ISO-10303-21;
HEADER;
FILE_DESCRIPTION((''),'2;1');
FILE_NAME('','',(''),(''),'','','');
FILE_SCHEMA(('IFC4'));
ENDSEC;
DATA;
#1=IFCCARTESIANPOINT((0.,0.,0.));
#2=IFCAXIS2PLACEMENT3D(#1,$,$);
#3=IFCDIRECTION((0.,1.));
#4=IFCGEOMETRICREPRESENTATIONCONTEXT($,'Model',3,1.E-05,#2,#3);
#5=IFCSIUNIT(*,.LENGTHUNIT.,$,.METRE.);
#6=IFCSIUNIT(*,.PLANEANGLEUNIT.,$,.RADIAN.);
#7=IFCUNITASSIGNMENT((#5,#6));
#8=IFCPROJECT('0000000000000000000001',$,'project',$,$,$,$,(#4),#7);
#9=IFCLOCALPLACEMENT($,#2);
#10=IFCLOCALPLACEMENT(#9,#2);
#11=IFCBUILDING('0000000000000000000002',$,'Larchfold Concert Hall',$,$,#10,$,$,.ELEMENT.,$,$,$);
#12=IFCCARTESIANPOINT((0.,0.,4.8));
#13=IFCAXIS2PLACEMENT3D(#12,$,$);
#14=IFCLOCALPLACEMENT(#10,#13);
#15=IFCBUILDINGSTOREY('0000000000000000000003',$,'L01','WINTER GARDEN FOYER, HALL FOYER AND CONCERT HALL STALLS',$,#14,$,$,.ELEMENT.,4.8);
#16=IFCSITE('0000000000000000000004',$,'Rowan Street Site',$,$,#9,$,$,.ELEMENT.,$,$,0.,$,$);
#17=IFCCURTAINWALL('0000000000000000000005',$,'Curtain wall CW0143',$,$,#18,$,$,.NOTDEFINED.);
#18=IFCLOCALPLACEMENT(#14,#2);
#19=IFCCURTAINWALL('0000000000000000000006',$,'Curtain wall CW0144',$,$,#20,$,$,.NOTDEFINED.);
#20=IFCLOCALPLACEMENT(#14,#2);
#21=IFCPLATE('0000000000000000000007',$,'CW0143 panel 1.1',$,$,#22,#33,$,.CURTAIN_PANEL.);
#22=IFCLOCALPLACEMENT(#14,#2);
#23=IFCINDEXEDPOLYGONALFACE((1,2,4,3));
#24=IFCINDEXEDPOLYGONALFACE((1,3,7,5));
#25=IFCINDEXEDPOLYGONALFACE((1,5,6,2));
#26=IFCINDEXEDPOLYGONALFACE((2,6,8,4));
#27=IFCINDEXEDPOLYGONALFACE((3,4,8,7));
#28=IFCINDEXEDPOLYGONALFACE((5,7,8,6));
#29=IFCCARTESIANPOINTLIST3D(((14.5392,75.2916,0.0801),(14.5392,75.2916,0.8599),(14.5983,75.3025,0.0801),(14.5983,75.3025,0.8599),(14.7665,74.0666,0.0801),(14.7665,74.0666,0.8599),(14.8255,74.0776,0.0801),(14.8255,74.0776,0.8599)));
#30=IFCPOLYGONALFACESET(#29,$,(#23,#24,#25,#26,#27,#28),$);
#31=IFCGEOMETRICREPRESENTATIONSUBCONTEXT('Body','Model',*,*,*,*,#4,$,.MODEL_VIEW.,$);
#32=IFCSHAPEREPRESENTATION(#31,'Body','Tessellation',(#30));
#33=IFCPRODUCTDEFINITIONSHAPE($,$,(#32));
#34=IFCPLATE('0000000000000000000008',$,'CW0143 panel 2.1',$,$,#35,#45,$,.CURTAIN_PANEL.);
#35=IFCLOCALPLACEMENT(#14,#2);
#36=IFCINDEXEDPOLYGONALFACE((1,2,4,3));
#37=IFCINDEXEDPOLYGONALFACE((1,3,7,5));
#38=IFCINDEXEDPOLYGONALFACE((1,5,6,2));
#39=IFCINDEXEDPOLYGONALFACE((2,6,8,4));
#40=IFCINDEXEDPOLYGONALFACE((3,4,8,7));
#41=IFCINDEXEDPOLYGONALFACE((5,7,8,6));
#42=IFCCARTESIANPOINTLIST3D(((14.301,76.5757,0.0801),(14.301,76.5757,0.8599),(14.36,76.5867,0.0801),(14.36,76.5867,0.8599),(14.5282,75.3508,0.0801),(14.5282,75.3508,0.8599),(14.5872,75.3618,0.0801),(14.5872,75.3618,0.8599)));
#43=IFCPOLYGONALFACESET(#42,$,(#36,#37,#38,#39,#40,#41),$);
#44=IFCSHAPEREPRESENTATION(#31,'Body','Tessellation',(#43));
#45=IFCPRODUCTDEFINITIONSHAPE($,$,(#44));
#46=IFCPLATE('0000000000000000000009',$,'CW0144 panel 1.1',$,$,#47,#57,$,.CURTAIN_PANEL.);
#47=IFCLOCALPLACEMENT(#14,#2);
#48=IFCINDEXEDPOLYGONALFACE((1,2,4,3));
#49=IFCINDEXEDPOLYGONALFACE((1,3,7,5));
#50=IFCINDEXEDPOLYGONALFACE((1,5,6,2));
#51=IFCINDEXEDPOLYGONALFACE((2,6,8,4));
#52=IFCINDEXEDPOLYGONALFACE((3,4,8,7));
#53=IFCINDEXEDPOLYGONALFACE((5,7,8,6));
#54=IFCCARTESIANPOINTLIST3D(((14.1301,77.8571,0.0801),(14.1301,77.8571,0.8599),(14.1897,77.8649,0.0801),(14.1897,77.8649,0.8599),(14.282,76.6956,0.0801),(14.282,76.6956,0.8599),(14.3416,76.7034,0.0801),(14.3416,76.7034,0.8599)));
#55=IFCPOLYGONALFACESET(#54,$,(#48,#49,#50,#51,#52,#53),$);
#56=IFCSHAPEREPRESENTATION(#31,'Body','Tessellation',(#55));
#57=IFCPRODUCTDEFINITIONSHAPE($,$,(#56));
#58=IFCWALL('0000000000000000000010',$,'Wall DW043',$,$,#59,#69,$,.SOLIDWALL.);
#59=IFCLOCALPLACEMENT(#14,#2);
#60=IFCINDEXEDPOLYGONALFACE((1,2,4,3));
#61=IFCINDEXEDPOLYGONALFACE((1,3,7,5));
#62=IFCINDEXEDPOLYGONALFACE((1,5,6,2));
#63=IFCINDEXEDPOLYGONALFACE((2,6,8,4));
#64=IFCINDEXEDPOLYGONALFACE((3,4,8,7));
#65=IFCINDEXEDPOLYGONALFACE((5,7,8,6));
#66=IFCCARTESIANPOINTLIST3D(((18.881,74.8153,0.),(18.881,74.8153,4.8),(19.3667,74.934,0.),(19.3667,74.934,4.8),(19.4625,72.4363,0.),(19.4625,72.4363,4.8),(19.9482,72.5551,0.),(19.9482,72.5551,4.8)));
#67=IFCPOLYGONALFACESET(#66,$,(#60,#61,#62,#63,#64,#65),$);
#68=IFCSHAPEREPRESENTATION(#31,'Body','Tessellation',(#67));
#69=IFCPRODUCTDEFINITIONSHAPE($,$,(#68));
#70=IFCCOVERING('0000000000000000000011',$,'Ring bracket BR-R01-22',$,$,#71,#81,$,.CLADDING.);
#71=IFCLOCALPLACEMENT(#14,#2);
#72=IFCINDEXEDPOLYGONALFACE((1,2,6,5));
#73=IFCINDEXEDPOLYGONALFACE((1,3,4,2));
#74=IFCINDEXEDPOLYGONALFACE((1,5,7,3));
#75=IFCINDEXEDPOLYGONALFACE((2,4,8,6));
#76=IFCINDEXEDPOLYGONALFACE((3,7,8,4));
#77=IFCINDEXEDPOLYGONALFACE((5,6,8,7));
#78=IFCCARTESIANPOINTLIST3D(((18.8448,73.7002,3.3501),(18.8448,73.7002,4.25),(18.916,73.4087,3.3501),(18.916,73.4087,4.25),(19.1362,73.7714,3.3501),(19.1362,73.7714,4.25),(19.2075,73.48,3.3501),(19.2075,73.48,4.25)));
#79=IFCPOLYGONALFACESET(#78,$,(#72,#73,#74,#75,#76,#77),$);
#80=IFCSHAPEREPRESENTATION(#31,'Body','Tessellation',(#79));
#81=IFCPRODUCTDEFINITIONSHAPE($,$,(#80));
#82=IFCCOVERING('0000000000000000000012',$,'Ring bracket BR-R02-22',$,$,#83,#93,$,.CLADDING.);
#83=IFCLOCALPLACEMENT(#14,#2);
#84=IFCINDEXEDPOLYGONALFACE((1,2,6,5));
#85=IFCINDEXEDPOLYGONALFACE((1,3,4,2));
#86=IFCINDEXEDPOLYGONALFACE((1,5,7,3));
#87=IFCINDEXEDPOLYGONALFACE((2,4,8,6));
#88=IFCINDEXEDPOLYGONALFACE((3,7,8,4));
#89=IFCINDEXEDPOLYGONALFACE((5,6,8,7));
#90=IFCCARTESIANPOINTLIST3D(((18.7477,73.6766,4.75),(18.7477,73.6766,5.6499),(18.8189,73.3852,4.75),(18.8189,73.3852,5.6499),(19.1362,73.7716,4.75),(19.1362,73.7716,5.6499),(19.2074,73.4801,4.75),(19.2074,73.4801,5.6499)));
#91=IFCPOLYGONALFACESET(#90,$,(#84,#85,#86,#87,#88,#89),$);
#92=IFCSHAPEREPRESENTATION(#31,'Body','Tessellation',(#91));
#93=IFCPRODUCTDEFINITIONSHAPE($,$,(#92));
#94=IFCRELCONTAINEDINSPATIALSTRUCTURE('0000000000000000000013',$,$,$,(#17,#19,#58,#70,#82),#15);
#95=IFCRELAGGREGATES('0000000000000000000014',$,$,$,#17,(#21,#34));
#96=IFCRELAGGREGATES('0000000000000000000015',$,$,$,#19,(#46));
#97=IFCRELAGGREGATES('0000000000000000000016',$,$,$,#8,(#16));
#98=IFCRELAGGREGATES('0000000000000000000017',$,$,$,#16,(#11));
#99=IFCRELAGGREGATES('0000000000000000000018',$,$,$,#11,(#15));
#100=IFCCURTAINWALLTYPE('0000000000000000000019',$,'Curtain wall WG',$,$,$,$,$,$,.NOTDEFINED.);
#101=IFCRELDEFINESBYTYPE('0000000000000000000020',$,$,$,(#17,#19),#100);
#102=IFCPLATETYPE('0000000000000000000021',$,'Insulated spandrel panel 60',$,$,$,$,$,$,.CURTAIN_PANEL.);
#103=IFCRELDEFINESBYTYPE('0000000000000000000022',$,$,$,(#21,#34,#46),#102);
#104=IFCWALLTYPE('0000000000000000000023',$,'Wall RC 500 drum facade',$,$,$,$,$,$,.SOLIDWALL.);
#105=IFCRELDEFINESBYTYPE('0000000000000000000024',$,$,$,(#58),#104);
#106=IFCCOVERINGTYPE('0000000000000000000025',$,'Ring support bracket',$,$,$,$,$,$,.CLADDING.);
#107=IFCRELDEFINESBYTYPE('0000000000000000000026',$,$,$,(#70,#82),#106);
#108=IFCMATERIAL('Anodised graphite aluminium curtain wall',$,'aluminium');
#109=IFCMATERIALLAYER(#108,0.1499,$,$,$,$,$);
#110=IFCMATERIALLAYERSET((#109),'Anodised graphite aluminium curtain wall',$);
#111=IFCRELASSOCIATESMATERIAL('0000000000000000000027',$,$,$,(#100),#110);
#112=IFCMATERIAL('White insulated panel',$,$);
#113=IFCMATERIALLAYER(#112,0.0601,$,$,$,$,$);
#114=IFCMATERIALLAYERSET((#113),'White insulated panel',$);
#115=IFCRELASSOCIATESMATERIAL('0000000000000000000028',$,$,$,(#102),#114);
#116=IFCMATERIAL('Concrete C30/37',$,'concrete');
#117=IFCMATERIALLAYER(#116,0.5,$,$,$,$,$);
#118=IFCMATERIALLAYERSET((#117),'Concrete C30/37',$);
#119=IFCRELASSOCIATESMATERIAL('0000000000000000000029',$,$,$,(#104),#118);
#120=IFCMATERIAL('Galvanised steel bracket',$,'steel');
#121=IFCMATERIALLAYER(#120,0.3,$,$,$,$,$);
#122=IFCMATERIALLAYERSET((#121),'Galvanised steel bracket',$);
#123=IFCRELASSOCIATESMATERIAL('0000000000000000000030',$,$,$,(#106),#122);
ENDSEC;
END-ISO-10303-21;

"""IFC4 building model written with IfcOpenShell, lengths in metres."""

from ifc_helpers import new_model, si_unit, direction, frame, frame_2d, origin, origin_2d, place, context, subcontext, project, spatial, rectangle, extrude, material, layer, layer_set, type_object, element, aggregate, save


model = new_model("IFC4")

# Units and contexts
model_context = context("Model", 3, precision=1e-05, world=origin(), true_north=direction((0.0, 1.0)))
body_context = subcontext(model_context, "Body", "Model", "MODEL_VIEW")
ifc_project = project(units=[si_unit("LENGTHUNIT", "METRE"), si_unit("PLANEANGLEUNIT", "RADIAN")], contexts=[model_context])

# Site, building, storey
site_placement = place(None, origin())
site = spatial("IfcSite", under=ifc_project, at=site_placement, Name="Rowan Street Site", CompositionType="ELEMENT", RefElevation=0.0)
building_placement = place(site_placement, origin())
building = spatial("IfcBuilding", under=site, at=building_placement, Name="Larchfold Concert Hall", CompositionType="ELEMENT")
storey_placement = place(building_placement, frame((0.0, 0.0, 4.8)))
storey = spatial("IfcBuildingStorey", under=building, at=storey_placement, Name="L01", Description="WINTER GARDEN FOYER, HALL FOYER AND CONCERT HALL STALLS", CompositionType="ELEMENT", Elevation=4.8)

# Shared definitions
ifc_material_1 = material(Name="Anodised graphite aluminium curtain wall", Category="aluminium")
ifc_layer_1 = layer(ifc_material_1, 0.1499)
ifc_layer_set_1 = layer_set([ifc_layer_1], Name="Anodised graphite aluminium curtain wall")
curtain_wall_type = type_object("IfcCurtainWallType", Name="Curtain wall WG", PredefinedType="NOTDEFINED", material=ifc_layer_set_1)

# Curtain wall
curtain_wall_1_placement = place(storey_placement, origin())
curtain_wall_1 = element("IfcCurtainWall", 1, at=curtain_wall_1_placement, inside=storey, type_object=curtain_wall_type, Name="Curtain wall CW0143", PredefinedType="NOTDEFINED")

# Curtain wall
curtain_wall_2_placement = place(storey_placement, origin())
curtain_wall_2 = element("IfcCurtainWall", 2, at=curtain_wall_2_placement, inside=storey, type_object=curtain_wall_type, Name="Curtain wall CW0144", PredefinedType="NOTDEFINED")

# Plates
ifc_material_2 = material(Name="White insulated panel")
ifc_layer_2 = layer(ifc_material_2, 0.0601)
ifc_layer_set_2 = layer_set([ifc_layer_2], Name="White insulated panel")
plate_type_1 = type_object("IfcPlateType", Name="Insulated spandrel panel 60", PredefinedType="CURTAIN_PANEL", material=ifc_layer_set_2)
plate_1_placement = place(storey_placement, frame((14.6824, 74.6846, 0.0801), z_axis=(0.0, 0.0, 1.0), x_axis=(-0.18239, 0.983226, 0.0)))
plate_1 = element("IfcPlate", 3, at=plate_1_placement, type_object=plate_type_1, Name="CW0143 panel 1.1", PredefinedType="CURTAIN_PANEL", context=body_context, shape_type="SweptSolid", body=[
    extrude(rectangle(XDim=1.2458, YDim=0.0601, at=origin_2d()), origin(), (0.0, 0.0, 1.0), 0.7798),
])
plate_2_placement = place(storey_placement, frame((14.4441, 75.9688, 0.0801), z_axis=(0.0, 0.0, 1.0), x_axis=(-0.18239, 0.983226, 0.0)))
plate_2 = element("IfcPlate", 4, at=plate_2_placement, type_object=plate_type_1, Name="CW0143 panel 2.1", PredefinedType="CURTAIN_PANEL", context=body_context, shape_type="SweptSolid", body=[
    extrude(rectangle(XDim=1.2458, YDim=0.0601, at=origin_2d()), origin(), (0.0, 0.0, 1.0), 0.7798),
])
aggregate(curtain_wall_1, [plate_1, plate_2])
plate_3_placement = place(storey_placement, frame((14.2358, 77.2803, 0.0801), z_axis=(0.0, 0.0, 1.0), x_axis=(-0.129678, 0.991556, 0.0)))
plate_3 = element("IfcPlate", 5, at=plate_3_placement, type_object=plate_type_1, Name="CW0144 panel 1.1", PredefinedType="CURTAIN_PANEL", context=body_context, shape_type="SweptSolid", body=[
    extrude(rectangle(XDim=1.1714, YDim=0.0601, at=origin_2d()), origin(), (0.0, 0.0, 1.0), 0.7798),
])
aggregate(curtain_wall_2, [plate_3])

# Wall
ifc_material_3 = material(Name="Concrete C30/37", Category="concrete")
ifc_layer_3 = layer(ifc_material_3, 0.5)
ifc_layer_set_3 = layer_set([ifc_layer_3], Name="Concrete C30/37")
wall_type = type_object("IfcWallType", Name="Wall RC 500 drum facade", PredefinedType="SOLIDWALL", material=ifc_layer_set_3)
wall_placement = place(storey_placement, frame((19.1238, 74.8748, 0.0), z_axis=(0.0, 0.0, 1.0), x_axis=(0.237466, -0.971396, 0.0)))
element("IfcWall", 6, at=wall_placement, inside=storey, type_object=wall_type, Name="Wall DW043", PredefinedType="SOLIDWALL", context=body_context, shape_type="SweptSolid", body=[
    extrude(rectangle(XDim=2.449, YDim=0.5, at=frame_2d((1.2246, 0.0))), origin(), (0.0, 0.0, 1.0), 4.8),
])

# Coverings
ifc_material_4 = material(Name="Galvanised steel bracket", Category="steel")
ifc_layer_4 = layer(ifc_material_4, 0.3)
ifc_layer_set_4 = layer_set([ifc_layer_4], Name="Galvanised steel bracket")
covering_type = type_object("IfcCoveringType", Name="Ring support bracket", PredefinedType="CLADDING", material=ifc_layer_set_4)
covering_1_placement = place(storey_placement, frame((19.0261, 73.5901, 3.3501), z_axis=(0.0, 0.0, 1.0), x_axis=(-0.971412, -0.237401, 0.0)))
element("IfcCovering", 7, at=covering_1_placement, inside=storey, type_object=covering_type, Name="Ring bracket BR-R01-22", PredefinedType="CLADDING", context=body_context, shape_type="SweptSolid", body=[
    extrude(rectangle(XDim=0.3, YDim=0.3, at=origin_2d()), origin(), (0.0, 0.0, 1.0), 0.8999),
])
covering_2_placement = place(storey_placement, frame((18.9775, 73.5784, 4.75), z_axis=(0.0, 0.0, 1.0), x_axis=(-0.971412, -0.237401, 0.0)))
element("IfcCovering", 8, at=covering_2_placement, inside=storey, type_object=covering_type, Name="Ring bracket BR-R02-22", PredefinedType="CLADDING", context=body_context, shape_type="SweptSolid", body=[
    extrude(rectangle(XDim=0.3999, YDim=0.3, at=origin_2d()), origin(), (0.0, 0.0, 1.0), 0.8999),
])

save(model, "model.ifc")
